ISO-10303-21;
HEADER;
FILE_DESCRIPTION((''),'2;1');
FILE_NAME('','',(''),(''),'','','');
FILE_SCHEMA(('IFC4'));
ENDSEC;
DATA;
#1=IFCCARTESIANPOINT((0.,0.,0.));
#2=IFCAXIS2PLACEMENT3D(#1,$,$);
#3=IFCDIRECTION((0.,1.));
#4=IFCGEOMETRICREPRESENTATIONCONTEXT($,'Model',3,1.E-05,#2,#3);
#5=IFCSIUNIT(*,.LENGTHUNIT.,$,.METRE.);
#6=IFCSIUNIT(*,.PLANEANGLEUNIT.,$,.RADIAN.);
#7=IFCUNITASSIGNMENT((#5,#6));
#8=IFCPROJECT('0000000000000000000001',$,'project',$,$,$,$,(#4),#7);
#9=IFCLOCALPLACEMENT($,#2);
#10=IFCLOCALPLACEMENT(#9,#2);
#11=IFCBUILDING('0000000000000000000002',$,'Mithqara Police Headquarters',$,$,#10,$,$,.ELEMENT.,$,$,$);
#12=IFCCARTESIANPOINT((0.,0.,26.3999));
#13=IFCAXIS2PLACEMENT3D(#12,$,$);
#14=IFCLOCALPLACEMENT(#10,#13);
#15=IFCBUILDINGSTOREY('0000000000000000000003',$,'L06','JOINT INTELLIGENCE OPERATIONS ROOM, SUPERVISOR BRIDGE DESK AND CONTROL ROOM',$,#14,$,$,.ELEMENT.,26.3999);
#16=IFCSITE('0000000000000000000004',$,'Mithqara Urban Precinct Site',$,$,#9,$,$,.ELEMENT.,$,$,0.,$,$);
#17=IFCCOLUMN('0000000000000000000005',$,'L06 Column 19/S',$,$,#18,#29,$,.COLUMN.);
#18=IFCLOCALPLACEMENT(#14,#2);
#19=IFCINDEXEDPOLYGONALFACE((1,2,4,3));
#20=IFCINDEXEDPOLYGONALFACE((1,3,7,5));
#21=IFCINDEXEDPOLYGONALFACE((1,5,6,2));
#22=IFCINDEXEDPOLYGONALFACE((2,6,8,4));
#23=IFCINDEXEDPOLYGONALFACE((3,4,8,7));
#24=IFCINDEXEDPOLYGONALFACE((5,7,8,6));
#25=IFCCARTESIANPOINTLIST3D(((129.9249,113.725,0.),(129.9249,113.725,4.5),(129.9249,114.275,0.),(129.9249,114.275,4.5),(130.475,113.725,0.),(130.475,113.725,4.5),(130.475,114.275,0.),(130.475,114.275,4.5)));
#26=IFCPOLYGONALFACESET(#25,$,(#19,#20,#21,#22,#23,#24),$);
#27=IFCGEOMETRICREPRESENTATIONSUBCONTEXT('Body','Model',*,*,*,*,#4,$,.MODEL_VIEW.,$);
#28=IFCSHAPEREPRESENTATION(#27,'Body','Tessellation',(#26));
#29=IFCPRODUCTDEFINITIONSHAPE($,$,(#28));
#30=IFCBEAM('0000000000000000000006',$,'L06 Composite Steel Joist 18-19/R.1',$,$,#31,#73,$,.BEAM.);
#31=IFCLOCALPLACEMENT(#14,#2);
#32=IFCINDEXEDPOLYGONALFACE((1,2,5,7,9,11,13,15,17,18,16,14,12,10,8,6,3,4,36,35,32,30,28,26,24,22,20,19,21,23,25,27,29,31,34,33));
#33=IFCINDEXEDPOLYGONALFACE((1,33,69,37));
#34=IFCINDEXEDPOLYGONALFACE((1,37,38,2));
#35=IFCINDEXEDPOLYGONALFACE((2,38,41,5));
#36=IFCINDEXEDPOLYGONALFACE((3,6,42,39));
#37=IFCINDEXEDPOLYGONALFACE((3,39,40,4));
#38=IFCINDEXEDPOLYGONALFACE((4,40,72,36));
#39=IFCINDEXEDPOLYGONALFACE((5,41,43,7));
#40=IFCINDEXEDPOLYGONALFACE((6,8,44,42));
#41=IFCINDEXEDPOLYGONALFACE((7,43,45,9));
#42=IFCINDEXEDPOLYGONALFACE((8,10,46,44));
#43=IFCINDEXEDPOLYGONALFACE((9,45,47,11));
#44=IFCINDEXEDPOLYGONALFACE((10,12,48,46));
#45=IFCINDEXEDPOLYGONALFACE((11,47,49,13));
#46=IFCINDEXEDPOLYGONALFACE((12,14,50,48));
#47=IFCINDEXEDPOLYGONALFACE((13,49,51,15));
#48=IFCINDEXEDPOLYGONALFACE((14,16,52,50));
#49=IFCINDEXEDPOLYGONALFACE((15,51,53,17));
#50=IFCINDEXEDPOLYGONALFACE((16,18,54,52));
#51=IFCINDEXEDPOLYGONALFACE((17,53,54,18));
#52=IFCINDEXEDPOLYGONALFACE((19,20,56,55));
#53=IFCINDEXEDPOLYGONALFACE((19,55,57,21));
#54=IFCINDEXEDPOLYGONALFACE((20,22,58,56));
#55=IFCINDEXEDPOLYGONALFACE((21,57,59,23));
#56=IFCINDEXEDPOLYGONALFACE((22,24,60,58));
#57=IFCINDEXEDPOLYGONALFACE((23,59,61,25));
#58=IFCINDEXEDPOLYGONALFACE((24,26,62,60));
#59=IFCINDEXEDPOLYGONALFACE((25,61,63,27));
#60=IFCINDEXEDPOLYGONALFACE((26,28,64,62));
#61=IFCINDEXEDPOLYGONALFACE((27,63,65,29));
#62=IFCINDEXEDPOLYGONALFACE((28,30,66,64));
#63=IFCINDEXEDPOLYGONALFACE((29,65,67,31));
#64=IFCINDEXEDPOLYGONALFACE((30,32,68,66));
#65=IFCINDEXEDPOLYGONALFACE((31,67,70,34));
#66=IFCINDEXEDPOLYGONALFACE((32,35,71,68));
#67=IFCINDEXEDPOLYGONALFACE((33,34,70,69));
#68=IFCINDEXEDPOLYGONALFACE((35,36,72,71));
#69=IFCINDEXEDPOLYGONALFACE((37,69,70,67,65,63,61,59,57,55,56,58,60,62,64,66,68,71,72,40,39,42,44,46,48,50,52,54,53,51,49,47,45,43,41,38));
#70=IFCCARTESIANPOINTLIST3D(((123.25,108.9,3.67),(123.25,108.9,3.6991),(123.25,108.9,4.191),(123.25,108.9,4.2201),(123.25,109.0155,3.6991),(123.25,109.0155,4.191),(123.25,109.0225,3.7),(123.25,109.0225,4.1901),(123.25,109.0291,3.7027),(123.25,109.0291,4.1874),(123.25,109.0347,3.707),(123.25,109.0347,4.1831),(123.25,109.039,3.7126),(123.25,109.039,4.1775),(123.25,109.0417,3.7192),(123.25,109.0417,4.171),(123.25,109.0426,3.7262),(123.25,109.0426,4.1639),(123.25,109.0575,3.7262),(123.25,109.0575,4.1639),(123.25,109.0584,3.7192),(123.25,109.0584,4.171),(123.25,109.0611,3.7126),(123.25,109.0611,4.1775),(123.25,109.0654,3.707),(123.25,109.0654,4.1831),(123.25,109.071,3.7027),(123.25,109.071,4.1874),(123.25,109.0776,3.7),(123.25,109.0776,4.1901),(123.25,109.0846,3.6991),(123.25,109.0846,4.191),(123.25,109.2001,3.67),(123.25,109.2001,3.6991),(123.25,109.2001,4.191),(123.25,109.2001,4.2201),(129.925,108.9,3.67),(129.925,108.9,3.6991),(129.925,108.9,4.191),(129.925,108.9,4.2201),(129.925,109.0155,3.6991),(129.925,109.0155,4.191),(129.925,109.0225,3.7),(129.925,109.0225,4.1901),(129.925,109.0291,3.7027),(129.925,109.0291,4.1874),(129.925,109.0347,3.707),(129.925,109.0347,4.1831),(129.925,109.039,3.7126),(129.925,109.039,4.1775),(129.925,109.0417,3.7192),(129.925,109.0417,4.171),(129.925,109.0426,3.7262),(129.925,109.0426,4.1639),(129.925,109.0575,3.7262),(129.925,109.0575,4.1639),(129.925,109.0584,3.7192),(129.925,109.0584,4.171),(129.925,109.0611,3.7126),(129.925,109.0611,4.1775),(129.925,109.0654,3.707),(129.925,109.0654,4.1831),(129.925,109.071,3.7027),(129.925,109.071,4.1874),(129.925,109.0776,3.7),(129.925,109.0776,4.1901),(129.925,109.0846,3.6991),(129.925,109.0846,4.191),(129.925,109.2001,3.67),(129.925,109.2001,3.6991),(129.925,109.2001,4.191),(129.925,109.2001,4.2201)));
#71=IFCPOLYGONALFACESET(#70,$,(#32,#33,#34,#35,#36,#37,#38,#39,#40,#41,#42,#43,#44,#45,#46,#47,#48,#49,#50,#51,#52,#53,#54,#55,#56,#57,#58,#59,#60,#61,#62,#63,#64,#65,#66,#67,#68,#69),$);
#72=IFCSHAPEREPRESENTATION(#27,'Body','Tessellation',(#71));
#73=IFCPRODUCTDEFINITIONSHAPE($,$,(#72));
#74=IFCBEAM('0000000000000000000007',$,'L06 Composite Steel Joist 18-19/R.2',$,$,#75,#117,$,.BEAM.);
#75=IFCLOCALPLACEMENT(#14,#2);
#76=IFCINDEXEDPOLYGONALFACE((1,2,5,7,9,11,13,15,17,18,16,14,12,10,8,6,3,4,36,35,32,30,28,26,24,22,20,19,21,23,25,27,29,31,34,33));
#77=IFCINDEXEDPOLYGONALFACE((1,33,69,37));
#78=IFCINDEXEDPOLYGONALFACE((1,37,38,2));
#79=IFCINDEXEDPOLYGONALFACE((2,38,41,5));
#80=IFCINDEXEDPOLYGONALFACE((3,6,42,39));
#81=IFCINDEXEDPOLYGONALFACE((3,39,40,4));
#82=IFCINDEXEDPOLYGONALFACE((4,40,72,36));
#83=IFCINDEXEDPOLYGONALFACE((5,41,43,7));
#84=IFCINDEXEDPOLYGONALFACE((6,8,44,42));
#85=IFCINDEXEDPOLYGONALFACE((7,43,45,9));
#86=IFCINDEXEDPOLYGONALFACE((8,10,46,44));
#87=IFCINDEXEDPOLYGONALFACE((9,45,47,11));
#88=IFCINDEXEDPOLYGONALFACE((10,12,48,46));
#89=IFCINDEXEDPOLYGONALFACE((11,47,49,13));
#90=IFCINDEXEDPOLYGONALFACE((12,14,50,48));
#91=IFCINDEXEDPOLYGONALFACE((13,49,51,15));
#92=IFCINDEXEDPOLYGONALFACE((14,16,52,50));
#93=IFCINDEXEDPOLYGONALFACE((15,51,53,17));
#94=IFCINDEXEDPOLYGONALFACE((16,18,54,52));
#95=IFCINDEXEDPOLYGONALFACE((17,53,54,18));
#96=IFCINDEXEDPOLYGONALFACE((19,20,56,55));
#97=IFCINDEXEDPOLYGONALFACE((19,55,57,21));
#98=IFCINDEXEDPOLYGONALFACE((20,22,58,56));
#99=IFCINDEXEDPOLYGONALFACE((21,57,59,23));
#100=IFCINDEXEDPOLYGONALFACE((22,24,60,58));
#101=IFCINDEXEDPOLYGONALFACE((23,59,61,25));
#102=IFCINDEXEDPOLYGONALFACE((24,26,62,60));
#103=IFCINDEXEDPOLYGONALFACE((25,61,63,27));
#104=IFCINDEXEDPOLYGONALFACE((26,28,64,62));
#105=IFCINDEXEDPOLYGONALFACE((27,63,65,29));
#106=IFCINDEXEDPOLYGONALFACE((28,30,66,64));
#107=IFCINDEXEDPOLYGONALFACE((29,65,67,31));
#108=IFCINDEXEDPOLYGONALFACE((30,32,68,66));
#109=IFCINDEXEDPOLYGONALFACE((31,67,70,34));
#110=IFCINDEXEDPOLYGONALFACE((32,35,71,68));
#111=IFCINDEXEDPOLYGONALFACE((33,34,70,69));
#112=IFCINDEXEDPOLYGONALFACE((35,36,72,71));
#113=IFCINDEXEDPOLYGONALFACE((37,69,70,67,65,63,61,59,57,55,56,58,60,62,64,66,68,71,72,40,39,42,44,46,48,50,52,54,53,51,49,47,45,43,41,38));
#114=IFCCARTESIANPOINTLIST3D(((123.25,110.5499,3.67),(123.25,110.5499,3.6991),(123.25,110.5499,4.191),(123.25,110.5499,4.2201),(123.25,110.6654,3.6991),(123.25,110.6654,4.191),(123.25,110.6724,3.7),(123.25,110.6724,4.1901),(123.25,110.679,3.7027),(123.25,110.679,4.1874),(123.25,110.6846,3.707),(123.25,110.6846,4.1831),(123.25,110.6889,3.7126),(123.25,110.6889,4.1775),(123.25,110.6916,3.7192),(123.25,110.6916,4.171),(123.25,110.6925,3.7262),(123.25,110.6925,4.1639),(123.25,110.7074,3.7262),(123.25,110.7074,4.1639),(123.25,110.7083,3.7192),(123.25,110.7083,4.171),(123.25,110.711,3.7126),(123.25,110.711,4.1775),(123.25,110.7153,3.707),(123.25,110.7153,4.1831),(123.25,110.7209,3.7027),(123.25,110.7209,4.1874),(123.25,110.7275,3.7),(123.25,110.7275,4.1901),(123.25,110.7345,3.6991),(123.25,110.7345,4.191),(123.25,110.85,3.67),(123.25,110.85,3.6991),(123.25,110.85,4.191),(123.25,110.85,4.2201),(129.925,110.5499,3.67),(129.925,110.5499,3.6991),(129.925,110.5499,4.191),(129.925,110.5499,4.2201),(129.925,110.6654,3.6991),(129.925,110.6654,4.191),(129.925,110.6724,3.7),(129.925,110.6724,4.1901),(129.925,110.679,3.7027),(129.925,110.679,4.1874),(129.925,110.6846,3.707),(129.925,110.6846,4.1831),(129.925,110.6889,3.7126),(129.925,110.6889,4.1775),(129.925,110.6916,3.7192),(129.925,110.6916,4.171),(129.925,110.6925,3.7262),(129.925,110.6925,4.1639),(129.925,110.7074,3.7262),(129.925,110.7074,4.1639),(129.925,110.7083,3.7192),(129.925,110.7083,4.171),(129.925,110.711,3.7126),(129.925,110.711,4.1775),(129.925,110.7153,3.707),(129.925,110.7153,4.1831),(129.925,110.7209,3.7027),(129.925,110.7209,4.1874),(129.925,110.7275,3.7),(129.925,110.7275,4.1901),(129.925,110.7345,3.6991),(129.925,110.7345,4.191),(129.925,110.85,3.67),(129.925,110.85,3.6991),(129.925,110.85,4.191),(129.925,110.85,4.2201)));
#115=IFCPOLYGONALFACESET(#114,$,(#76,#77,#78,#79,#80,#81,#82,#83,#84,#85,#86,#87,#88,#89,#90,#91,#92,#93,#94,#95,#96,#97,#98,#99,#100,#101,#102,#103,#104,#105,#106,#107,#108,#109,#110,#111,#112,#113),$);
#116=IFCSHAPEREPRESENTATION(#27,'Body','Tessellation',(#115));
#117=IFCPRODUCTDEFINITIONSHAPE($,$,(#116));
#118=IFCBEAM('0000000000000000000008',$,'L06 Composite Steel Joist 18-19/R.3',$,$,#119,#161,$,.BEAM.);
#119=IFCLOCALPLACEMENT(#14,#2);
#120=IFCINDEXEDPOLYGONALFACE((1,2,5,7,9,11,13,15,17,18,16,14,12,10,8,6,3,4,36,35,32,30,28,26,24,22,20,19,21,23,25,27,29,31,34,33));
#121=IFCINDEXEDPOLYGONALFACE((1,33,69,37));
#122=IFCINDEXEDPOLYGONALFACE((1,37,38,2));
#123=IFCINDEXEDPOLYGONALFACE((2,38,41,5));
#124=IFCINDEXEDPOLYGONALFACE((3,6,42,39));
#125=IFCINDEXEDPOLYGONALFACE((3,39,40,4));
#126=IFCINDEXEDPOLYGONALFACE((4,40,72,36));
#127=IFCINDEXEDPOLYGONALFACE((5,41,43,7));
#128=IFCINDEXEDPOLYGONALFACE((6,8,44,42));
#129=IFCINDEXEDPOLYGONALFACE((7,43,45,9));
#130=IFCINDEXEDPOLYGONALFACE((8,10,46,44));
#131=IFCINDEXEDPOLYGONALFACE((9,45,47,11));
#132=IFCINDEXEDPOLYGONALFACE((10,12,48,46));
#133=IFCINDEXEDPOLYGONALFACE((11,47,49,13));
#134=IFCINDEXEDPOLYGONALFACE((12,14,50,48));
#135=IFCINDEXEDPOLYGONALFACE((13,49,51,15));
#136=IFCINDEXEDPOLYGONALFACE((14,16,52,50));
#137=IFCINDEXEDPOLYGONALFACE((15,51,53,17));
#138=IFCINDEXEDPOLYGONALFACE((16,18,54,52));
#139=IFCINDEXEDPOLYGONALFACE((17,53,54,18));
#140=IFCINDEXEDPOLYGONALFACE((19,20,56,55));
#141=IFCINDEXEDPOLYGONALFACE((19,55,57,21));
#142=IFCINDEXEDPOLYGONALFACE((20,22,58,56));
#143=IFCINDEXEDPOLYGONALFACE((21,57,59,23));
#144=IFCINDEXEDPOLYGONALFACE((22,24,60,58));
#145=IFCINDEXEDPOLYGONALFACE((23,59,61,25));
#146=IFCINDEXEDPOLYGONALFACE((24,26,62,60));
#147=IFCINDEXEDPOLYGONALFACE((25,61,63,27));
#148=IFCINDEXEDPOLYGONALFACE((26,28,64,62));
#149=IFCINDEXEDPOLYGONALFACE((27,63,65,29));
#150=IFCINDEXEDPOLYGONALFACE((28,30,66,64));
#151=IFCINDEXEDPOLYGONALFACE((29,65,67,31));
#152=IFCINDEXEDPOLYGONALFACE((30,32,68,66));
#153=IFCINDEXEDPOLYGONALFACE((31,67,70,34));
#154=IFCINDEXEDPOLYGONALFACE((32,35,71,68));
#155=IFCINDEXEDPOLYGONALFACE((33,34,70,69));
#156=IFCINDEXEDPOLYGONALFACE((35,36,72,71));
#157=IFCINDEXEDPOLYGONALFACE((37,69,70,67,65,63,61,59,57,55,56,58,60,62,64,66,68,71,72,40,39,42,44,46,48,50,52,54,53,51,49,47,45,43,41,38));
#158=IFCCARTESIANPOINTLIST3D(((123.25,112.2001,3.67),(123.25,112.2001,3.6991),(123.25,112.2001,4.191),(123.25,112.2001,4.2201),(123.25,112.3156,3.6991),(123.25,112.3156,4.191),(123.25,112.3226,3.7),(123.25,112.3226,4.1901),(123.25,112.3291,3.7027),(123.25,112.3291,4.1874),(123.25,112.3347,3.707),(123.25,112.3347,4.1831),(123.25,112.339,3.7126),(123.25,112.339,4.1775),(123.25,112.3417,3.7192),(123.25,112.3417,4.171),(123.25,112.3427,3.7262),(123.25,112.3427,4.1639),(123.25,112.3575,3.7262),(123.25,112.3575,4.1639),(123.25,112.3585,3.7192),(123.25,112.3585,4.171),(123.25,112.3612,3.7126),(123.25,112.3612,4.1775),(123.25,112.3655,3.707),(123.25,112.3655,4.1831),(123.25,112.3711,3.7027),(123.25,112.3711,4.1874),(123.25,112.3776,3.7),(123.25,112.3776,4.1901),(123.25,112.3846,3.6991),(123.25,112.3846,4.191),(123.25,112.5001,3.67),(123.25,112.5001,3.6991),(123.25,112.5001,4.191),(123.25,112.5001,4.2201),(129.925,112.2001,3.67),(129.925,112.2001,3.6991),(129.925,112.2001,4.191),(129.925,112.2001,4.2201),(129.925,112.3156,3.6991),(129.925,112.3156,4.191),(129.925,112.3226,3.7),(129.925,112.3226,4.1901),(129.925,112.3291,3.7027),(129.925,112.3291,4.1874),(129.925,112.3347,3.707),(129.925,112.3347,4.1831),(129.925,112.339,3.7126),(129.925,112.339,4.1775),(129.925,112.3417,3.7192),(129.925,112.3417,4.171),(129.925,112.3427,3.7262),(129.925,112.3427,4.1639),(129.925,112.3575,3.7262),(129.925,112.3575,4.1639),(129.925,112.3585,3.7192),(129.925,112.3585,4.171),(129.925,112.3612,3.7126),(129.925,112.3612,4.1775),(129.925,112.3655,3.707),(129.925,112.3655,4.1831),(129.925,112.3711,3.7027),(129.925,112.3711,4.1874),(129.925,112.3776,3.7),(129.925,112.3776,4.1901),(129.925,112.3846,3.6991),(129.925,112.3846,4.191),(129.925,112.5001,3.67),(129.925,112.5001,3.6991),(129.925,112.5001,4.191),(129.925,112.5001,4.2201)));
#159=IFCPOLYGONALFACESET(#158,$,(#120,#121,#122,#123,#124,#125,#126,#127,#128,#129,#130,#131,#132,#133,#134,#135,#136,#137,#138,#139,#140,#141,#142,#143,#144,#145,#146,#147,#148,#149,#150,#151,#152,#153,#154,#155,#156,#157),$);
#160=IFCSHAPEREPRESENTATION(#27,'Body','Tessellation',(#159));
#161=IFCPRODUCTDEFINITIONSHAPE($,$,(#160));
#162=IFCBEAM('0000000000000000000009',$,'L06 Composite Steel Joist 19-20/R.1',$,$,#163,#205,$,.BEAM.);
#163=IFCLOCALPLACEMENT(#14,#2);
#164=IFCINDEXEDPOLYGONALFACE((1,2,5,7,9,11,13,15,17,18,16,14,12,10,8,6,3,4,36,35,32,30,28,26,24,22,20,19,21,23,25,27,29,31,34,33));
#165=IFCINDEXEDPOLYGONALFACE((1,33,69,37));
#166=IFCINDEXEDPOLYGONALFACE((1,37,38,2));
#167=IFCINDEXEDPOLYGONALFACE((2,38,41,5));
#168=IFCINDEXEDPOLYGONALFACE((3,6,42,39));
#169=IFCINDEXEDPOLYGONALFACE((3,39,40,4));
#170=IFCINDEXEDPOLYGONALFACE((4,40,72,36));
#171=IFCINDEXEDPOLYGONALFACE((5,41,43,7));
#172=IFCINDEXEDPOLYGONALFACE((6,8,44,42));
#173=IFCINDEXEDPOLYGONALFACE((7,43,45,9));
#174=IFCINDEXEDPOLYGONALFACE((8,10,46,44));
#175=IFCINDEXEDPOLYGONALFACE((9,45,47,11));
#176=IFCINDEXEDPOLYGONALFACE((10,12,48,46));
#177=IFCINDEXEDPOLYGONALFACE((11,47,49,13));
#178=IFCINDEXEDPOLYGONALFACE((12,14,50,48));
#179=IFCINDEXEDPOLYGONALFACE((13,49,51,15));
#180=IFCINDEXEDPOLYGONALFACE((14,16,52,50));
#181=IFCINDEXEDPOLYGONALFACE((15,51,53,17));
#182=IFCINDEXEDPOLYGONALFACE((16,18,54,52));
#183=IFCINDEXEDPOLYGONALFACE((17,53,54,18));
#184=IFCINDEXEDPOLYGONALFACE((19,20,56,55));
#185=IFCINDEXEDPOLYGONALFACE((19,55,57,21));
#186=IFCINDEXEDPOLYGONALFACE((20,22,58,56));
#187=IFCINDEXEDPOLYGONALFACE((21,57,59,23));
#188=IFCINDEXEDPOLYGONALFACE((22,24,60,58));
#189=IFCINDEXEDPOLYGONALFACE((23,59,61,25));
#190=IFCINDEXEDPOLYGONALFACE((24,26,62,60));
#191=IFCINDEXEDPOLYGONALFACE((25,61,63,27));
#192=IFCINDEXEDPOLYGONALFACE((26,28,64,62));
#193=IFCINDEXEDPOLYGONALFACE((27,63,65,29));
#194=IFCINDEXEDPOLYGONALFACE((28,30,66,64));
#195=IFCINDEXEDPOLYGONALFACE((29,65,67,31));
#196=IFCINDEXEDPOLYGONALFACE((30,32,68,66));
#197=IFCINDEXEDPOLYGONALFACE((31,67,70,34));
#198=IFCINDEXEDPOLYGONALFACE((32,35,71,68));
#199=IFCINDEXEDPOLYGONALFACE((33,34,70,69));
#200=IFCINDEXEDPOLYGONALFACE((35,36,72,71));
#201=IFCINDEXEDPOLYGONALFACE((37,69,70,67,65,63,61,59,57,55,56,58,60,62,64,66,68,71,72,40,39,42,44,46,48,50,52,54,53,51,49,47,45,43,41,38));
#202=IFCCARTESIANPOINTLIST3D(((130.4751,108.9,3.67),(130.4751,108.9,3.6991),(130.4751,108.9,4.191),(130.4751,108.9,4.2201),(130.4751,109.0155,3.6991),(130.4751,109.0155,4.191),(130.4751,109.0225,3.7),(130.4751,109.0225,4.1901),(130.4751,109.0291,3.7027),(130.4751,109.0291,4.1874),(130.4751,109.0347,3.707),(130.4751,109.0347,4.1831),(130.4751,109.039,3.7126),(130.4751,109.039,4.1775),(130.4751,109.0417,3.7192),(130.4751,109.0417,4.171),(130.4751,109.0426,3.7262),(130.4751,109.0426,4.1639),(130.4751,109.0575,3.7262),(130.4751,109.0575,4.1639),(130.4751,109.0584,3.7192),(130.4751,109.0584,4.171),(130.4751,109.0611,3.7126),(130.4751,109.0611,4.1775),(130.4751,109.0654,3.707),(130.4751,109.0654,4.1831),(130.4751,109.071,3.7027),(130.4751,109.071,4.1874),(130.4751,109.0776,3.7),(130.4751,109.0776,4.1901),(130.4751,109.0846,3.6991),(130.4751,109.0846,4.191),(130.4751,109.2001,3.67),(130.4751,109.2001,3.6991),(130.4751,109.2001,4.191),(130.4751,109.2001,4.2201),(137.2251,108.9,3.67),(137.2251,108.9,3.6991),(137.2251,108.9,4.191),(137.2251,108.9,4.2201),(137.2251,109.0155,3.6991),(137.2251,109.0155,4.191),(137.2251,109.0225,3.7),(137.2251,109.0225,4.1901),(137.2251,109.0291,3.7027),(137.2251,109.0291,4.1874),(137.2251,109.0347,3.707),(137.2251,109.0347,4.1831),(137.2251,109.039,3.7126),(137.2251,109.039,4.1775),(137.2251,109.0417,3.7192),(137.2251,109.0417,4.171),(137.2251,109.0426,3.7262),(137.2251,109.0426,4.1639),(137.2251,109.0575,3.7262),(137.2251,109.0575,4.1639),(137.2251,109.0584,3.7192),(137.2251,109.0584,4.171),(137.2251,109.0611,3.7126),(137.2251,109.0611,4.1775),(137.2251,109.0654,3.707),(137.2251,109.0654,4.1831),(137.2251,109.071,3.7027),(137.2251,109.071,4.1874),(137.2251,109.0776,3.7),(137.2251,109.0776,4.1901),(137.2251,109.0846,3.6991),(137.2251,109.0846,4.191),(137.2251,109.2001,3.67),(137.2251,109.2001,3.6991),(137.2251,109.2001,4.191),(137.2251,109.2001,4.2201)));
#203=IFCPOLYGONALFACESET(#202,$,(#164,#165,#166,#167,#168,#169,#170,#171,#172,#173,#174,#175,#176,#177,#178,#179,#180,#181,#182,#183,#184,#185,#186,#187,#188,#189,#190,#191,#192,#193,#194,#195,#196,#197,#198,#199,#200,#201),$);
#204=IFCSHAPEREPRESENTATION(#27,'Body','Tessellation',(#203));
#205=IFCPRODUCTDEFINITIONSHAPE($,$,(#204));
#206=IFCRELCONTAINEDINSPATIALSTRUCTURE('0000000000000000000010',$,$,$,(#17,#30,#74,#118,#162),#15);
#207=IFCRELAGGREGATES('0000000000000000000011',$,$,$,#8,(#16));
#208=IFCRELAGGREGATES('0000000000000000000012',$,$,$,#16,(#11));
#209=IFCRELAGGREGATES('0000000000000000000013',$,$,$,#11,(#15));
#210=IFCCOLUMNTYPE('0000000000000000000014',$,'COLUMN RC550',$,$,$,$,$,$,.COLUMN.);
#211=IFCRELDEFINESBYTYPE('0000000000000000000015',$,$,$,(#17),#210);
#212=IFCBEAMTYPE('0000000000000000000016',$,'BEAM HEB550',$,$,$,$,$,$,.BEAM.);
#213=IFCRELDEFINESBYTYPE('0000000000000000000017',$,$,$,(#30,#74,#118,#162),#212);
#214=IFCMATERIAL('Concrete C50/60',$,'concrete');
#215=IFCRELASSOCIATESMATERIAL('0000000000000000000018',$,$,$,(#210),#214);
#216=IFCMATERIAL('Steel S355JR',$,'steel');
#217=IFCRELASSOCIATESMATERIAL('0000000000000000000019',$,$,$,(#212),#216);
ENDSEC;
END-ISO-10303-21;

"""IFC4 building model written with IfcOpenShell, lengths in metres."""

from ifc_helpers import new_model, si_unit, direction, frame, origin, origin_2d, place, context, subcontext, project, spatial, rectangle, i_section, extrude, material, material_profile, profile_set, type_object, element, save


model = new_model("IFC4")

# Units and contexts
model_context = context("Model", 3, precision=1e-05, world=origin(), true_north=direction((0.0, 1.0)))
body_context = subcontext(model_context, "Body", "Model", "MODEL_VIEW")
ifc_project = project(units=[si_unit("LENGTHUNIT", "METRE"), si_unit("PLANEANGLEUNIT", "RADIAN")], contexts=[model_context])

# Site, building, storey
site_placement = place(None, origin())
site = spatial("IfcSite", under=ifc_project, at=site_placement, Name="Mithqara Urban Precinct Site", CompositionType="ELEMENT", RefElevation=0.0)
building_placement = place(site_placement, origin())
building = spatial("IfcBuilding", under=site, at=building_placement, Name="Mithqara Police Headquarters", CompositionType="ELEMENT")
storey_placement = place(building_placement, frame((0.0, 0.0, 26.3999)))
storey = spatial("IfcBuildingStorey", under=building, at=storey_placement, Name="L06", Description="JOINT INTELLIGENCE OPERATIONS ROOM, SUPERVISOR BRIDGE DESK AND CONTROL ROOM", CompositionType="ELEMENT", Elevation=26.3999)

# Column
ifc_material_1 = material(Name="Concrete C50/60", Category="concrete")
ifc_material_profile_1 = material_profile(ifc_material_1, rectangle(XDim=0.55, YDim=0.55, at=origin_2d()), Name="RC 550x550")
ifc_profile_set_1 = profile_set([ifc_material_profile_1], Name="Concrete C50/60")
column_type = type_object("IfcColumnType", Name="COLUMN RC550", PredefinedType="COLUMN", material=ifc_profile_set_1)
column_placement = place(storey_placement, frame((130.2, 114.0, 0.0), z_axis=(0.0, 0.0, 1.0), x_axis=(1.0, 0.0, 0.0)))
element("IfcColumn", 1, at=column_placement, inside=storey, type_object=column_type, Name="L06 Column 19/S", PredefinedType="COLUMN", context=body_context, shape_type="SweptSolid", body=[
    extrude(rectangle(XDim=0.55, YDim=0.55, at=origin_2d()), origin(), (0.0, 0.0, 1.0), 4.5),
])

# Beams
ifc_material_2 = material(Name="Steel S355JR", Category="steel")
ifc_material_profile_2 = material_profile(ifc_material_2, i_section(OverallWidth=0.3, OverallDepth=0.55, WebThickness=0.0149, FlangeThickness=0.0291, FilletRadius=0.0271, at=origin_2d()), Name="HEB 550")
ifc_profile_set_2 = profile_set([ifc_material_profile_2], Name="Steel S355JR")
beam_type_1 = type_object("IfcBeamType", Name="BEAM HEB550", PredefinedType="BEAM", material=ifc_profile_set_2)
for number, where, z_axis, x_axis, name in (
    (2, (123.25, 109.05, 3.9451), (1.0, 0.0, 0.0), (0.0, 1.0, 0.0), "L06 Composite Steel Joist 18-19/R.1"),
    (3, (123.25, 110.7, 3.9451), (1.0, 0.0, 0.0), (0.0, 1.0, 0.0), "L06 Composite Steel Joist 18-19/R.2"),
    (4, (123.25, 112.3501, 3.9451), (1.0, 0.0, 0.0), (0.0, 1.0, 0.0), "L06 Composite Steel Joist 18-19/R.3"),
):
    element("IfcBeam", number, at=place(storey_placement, frame(where, z_axis=z_axis, x_axis=x_axis)), inside=storey, type_object=beam_type_1, Name=name, PredefinedType="BEAM", context=body_context, shape_type="SweptSolid", body=[
        extrude(i_section(OverallWidth=0.3, OverallDepth=0.55, WebThickness=0.0149, FlangeThickness=0.0291, FilletRadius=0.0271, at=origin_2d()), origin(), (0.0, 0.0, 1.0), 6.675),
    ])
for number, where, z_axis, x_axis, name in (
    (5, (130.4751, 109.05, 3.9451), (1.0, 0.0, 0.0), (0.0, 1.0, 0.0), "L06 Composite Steel Joist 19-20/R.1"),
):
    element("IfcBeam", number, at=place(storey_placement, frame(where, z_axis=z_axis, x_axis=x_axis)), inside=storey, type_object=beam_type_1, Name=name, PredefinedType="BEAM", context=body_context, shape_type="SweptSolid", body=[
        extrude(i_section(OverallWidth=0.3, OverallDepth=0.55, WebThickness=0.0149, FlangeThickness=0.0291, FilletRadius=0.0271, at=origin_2d()), origin(), (0.0, 0.0, 1.0), 6.75),
    ])

save(model, "model.ifc")
